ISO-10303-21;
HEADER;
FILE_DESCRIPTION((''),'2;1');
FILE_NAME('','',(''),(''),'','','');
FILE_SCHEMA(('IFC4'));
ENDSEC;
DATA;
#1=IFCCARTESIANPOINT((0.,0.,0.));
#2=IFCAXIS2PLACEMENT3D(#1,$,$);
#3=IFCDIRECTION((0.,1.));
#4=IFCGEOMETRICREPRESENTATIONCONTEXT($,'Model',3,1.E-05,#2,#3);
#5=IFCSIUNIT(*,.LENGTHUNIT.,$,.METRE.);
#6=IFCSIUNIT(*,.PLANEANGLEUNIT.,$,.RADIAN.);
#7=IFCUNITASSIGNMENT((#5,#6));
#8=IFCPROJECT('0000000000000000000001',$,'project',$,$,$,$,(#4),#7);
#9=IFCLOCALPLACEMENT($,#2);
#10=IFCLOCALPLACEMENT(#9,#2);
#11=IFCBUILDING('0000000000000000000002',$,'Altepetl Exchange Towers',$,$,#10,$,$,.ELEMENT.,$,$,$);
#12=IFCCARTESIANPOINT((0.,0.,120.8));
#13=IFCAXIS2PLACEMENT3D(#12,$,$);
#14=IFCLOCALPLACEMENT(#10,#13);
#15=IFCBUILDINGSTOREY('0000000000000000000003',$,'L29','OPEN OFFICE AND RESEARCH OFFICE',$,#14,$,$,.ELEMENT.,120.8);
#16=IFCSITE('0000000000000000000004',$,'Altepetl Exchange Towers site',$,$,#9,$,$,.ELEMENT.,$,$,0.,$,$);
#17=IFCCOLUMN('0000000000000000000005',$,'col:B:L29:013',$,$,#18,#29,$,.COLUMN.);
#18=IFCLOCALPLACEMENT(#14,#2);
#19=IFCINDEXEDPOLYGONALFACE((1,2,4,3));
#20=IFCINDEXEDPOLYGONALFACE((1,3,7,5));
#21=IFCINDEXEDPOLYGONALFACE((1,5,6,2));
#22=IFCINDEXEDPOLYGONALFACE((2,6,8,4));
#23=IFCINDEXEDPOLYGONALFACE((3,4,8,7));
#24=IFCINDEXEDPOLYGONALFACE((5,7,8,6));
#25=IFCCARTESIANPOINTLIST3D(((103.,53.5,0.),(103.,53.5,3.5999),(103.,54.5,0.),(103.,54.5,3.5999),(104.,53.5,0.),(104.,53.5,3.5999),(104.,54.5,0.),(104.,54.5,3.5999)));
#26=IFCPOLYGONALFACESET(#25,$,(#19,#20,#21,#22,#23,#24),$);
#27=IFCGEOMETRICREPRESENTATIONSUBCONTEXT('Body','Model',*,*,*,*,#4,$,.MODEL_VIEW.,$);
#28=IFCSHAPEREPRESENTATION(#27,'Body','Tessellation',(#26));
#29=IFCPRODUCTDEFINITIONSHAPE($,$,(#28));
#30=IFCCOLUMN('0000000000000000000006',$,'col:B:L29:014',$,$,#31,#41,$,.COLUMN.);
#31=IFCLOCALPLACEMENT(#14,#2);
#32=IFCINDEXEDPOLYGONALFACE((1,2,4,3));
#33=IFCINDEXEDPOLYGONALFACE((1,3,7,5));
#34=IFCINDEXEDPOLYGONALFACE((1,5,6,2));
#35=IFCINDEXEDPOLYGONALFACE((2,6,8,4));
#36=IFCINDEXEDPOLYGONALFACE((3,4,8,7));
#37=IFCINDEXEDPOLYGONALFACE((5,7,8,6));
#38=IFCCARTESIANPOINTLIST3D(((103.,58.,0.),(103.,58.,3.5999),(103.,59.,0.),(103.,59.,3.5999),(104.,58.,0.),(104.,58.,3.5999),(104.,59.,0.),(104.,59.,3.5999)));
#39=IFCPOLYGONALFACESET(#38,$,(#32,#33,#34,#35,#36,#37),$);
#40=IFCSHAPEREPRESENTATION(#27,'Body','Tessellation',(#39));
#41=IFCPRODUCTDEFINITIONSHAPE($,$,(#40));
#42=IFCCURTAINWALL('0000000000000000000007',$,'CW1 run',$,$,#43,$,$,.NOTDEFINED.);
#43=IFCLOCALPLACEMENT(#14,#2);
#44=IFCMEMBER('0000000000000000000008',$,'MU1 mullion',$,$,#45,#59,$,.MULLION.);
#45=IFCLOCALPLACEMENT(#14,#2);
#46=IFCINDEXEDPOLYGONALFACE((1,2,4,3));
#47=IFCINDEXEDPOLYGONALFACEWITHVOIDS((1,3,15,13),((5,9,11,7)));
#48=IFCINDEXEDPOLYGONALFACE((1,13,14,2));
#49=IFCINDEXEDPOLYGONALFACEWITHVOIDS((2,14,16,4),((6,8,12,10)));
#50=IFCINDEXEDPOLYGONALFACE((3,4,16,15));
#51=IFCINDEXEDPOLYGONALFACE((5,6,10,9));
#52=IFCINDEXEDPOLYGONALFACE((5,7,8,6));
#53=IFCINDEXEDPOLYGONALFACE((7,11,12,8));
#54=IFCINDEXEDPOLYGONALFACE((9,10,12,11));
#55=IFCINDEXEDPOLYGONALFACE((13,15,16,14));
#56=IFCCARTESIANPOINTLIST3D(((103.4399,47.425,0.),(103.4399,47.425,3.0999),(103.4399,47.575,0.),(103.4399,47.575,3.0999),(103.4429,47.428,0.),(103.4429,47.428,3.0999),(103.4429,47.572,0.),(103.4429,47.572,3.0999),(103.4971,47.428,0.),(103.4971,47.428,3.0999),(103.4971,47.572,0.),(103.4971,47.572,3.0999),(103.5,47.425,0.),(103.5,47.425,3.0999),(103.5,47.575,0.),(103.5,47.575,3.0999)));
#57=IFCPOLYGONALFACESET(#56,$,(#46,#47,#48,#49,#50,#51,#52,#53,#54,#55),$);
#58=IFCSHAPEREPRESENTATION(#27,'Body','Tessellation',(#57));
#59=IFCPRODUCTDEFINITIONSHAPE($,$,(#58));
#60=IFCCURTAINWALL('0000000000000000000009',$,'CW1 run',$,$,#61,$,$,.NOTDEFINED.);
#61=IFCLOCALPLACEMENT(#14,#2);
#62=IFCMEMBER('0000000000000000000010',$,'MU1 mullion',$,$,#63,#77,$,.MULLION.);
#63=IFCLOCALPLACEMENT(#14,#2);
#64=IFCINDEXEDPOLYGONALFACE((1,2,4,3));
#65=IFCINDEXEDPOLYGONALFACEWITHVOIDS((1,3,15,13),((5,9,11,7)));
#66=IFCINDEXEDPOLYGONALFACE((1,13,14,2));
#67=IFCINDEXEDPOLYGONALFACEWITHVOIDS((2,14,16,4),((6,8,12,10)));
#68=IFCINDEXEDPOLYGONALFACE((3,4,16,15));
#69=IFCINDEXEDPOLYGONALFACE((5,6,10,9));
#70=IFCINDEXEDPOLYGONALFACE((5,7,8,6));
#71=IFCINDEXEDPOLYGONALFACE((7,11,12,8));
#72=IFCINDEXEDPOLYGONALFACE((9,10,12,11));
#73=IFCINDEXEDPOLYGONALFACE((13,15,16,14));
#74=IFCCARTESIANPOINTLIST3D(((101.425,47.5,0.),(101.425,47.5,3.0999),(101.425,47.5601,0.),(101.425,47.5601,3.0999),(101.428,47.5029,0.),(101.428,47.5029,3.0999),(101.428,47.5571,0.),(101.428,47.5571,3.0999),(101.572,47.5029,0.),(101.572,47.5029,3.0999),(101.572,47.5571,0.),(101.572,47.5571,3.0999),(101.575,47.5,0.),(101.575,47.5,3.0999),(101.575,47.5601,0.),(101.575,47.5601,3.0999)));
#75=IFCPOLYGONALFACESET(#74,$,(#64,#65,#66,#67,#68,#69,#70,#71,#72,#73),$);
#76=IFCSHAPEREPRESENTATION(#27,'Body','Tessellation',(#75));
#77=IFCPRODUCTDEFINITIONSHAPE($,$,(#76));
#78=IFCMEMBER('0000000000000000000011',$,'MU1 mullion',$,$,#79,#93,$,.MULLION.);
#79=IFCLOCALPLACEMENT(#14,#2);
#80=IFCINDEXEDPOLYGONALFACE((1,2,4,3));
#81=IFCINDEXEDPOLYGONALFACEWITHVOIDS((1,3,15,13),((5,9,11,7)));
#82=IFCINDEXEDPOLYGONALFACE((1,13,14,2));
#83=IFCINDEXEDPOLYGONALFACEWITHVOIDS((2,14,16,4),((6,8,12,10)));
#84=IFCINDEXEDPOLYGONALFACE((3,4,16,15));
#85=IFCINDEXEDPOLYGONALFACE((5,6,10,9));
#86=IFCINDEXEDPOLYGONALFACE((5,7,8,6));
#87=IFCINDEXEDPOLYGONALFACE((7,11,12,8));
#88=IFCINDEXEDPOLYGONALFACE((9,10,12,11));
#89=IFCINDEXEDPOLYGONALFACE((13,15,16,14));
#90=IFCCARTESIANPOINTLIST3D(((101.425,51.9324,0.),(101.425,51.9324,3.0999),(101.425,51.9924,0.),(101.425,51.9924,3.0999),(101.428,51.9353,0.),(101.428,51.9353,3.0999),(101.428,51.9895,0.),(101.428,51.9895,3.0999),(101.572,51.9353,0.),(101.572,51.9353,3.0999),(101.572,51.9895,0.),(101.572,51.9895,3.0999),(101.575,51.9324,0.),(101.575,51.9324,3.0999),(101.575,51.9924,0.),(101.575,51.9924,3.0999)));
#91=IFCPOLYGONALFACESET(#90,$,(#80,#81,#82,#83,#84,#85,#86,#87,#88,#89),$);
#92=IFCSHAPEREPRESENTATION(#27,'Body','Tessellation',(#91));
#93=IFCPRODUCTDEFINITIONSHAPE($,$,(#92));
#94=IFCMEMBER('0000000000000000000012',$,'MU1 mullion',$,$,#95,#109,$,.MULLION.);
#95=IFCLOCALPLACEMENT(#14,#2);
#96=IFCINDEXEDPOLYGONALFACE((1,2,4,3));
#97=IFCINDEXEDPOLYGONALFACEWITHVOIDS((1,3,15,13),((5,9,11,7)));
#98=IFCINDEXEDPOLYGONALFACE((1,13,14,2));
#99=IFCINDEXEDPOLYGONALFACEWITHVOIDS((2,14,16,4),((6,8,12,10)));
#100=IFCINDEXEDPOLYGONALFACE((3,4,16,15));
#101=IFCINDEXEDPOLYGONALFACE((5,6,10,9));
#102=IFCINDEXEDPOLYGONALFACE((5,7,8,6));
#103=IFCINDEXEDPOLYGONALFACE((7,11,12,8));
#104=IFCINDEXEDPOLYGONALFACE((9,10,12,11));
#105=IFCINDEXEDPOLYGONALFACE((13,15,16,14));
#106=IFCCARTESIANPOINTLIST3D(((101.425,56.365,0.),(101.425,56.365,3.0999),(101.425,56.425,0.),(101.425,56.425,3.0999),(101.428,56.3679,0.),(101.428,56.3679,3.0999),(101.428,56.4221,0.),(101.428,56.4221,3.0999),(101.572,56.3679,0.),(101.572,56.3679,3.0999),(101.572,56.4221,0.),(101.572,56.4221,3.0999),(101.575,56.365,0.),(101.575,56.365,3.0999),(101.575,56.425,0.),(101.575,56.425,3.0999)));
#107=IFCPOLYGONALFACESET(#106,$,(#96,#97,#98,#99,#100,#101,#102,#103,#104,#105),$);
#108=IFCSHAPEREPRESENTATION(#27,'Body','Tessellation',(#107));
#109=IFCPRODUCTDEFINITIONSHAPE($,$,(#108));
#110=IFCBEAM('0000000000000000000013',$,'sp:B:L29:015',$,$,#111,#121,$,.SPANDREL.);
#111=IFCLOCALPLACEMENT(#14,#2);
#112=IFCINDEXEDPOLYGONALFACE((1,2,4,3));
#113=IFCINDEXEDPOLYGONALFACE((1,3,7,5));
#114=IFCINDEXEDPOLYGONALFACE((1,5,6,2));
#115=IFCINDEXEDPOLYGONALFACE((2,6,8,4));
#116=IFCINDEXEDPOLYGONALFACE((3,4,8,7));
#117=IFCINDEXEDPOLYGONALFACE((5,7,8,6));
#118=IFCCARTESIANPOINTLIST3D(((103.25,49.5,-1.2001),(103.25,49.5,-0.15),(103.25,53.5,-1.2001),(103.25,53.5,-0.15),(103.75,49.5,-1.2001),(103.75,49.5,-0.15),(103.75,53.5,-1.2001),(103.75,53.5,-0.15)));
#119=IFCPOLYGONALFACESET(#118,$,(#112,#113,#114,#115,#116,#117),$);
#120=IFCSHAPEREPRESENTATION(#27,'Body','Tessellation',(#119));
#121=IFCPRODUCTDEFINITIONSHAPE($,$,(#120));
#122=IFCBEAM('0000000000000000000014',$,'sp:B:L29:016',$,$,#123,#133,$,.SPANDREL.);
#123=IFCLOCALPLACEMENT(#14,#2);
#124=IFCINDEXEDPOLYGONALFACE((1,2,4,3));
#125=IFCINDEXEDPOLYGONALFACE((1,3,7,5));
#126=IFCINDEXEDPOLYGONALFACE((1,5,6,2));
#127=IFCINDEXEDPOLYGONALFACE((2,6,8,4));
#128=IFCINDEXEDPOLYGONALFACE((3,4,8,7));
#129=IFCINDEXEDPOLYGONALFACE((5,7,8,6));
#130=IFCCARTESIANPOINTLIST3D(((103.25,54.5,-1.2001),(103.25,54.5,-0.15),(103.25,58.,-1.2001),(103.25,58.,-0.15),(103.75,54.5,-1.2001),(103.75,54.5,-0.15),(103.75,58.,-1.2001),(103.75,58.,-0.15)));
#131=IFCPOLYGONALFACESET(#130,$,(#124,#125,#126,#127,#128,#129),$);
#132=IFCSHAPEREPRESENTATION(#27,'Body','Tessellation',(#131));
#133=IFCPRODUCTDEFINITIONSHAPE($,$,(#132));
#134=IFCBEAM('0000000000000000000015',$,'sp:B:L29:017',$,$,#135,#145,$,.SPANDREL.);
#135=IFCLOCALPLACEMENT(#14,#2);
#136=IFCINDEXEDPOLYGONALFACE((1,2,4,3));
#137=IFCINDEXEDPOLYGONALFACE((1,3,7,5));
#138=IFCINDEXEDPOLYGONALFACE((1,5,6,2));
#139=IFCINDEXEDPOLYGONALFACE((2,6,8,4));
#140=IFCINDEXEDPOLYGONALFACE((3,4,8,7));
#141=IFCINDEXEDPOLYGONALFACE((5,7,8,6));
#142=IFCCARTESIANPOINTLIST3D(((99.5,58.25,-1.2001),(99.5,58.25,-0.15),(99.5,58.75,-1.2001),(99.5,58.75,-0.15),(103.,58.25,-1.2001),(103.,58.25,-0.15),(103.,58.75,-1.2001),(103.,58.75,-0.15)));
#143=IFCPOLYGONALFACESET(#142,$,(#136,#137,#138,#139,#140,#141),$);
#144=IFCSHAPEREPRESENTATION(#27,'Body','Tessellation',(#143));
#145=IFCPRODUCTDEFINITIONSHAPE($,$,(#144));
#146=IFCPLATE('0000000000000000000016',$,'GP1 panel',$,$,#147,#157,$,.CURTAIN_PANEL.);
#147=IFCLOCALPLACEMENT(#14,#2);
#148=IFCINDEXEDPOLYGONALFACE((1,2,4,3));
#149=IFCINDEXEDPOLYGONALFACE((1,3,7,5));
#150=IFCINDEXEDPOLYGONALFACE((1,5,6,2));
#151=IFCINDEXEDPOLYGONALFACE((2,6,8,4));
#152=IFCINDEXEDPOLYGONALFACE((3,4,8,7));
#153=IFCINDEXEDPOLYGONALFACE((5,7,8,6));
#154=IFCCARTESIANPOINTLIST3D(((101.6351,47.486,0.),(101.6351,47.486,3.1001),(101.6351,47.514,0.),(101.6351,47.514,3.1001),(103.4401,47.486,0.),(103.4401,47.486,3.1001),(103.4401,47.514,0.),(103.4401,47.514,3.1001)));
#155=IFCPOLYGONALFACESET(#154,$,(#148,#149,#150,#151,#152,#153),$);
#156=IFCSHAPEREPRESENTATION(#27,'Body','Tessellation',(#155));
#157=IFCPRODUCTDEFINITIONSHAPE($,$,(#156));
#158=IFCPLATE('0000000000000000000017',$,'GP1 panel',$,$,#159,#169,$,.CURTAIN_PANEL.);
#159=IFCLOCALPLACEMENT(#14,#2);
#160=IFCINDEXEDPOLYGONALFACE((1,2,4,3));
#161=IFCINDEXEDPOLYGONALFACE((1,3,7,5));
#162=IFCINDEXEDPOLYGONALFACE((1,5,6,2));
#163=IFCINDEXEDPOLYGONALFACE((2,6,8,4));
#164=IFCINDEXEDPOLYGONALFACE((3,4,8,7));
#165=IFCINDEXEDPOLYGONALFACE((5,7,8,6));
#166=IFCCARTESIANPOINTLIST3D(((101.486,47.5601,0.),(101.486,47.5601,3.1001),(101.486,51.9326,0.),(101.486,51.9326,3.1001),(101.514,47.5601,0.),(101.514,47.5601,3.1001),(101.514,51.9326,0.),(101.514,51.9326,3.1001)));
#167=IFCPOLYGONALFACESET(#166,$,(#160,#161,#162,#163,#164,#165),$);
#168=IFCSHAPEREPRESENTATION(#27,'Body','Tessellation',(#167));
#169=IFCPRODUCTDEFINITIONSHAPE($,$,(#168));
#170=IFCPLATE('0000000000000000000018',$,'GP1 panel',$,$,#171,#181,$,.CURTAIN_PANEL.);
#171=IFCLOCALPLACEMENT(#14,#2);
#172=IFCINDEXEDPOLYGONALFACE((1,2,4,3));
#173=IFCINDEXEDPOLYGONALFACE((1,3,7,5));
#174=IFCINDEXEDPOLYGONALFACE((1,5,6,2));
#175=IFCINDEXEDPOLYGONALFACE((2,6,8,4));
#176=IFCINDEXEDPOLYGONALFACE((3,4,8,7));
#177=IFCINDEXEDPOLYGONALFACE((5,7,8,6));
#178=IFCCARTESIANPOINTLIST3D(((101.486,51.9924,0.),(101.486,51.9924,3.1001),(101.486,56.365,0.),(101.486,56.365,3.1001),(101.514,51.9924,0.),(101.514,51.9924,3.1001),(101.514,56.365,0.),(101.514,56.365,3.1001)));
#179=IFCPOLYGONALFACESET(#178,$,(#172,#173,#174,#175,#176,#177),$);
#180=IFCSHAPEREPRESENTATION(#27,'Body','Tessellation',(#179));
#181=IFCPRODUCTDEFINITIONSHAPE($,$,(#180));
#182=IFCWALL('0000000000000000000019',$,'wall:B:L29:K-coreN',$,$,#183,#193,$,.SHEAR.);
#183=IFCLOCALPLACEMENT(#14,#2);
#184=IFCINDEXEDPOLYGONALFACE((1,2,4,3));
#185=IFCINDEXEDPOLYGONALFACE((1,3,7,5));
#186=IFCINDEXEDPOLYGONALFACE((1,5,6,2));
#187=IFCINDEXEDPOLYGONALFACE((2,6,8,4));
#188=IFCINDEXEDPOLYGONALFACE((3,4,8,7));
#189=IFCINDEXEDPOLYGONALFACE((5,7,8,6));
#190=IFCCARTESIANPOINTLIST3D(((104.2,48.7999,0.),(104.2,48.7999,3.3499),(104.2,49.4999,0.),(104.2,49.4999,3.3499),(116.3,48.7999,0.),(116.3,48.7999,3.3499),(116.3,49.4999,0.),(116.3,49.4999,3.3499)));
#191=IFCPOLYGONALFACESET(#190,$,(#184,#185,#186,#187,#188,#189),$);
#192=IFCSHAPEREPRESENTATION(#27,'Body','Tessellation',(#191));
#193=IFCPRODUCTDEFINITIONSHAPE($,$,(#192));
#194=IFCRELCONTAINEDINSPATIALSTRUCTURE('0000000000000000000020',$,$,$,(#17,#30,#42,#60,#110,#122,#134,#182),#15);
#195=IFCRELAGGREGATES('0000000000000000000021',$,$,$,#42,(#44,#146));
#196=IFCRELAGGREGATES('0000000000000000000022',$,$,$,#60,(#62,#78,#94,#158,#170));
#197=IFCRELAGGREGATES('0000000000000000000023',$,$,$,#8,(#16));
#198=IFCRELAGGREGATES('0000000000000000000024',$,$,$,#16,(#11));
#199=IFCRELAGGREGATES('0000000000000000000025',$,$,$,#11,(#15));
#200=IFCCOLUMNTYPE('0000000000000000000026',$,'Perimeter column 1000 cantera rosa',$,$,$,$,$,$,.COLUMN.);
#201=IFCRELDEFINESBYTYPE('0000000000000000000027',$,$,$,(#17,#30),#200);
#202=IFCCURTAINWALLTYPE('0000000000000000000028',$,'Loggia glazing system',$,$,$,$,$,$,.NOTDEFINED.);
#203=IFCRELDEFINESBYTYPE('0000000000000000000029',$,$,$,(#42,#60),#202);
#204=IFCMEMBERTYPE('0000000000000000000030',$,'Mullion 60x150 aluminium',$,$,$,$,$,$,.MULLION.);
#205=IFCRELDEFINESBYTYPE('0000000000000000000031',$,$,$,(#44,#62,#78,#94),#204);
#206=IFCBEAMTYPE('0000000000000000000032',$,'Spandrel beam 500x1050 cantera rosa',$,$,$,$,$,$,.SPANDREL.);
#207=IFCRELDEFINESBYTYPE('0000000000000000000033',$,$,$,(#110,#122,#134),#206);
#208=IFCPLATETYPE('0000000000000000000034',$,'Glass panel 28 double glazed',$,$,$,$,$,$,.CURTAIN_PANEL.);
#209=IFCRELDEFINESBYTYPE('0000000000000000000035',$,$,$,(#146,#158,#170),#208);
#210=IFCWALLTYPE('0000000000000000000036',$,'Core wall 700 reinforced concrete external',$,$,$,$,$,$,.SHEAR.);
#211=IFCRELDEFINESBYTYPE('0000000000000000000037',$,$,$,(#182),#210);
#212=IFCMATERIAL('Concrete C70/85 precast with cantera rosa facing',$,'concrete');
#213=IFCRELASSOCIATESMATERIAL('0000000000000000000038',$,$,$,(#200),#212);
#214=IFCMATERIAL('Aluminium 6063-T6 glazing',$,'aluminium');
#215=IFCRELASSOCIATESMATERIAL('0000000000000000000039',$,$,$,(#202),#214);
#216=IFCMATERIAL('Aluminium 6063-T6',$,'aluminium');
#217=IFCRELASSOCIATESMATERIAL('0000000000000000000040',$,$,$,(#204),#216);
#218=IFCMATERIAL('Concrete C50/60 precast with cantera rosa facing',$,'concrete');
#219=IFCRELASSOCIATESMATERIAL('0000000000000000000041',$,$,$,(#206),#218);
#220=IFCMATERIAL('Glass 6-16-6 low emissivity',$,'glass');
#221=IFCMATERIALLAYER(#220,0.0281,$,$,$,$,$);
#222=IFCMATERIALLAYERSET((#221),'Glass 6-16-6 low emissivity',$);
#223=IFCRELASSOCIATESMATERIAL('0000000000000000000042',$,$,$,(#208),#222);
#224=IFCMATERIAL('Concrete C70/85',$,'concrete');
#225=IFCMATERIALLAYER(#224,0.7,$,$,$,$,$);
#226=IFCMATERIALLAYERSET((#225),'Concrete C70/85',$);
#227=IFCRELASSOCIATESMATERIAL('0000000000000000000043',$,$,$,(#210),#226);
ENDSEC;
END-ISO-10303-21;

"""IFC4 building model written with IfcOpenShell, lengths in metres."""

from ifc_helpers import new_model, si_unit, direction, frame, frame_2d, origin, origin_2d, place, context, subcontext, project, spatial, rectangle, hollow_rectangle, extrude, material, layer, layer_set, material_profile, profile_set, type_object, element, aggregate, save


model = new_model("IFC4")

# Units and contexts
model_context = context("Model", 3, precision=1e-05, world=origin(), true_north=direction((0.0, 1.0)))
body_context = subcontext(model_context, "Body", "Model", "MODEL_VIEW")
ifc_project = project(units=[si_unit("LENGTHUNIT", "METRE"), si_unit("PLANEANGLEUNIT", "RADIAN")], contexts=[model_context])

# Site, building, storey
site_placement = place(None, origin())
site = spatial("IfcSite", under=ifc_project, at=site_placement, Name="Altepetl Exchange Towers site", CompositionType="ELEMENT", RefElevation=0.0)
building_placement = place(site_placement, origin())
building = spatial("IfcBuilding", under=site, at=building_placement, Name="Altepetl Exchange Towers", CompositionType="ELEMENT")
storey_placement = place(building_placement, frame((0.0, 0.0, 120.8)))
storey = spatial("IfcBuildingStorey", under=building, at=storey_placement, Name="L29", Description="OPEN OFFICE AND RESEARCH OFFICE", CompositionType="ELEMENT", Elevation=120.8)

# Columns
ifc_material_1 = material(Name="Concrete C70/85 precast with cantera rosa facing", Category="concrete")
ifc_material_profile_1 = material_profile(ifc_material_1, rectangle(XDim=1.0, YDim=1.0, at=origin_2d()), Name="1000 x 1000")
ifc_profile_set_1 = profile_set([ifc_material_profile_1], Name="Concrete C70/85 precast with cantera rosa facing")
column_type = type_object("IfcColumnType", Name="Perimeter column 1000 cantera rosa", PredefinedType="COLUMN", material=ifc_profile_set_1)
for number, where, name in (
    (1, (103.5, 54.0, 0.0), "col:B:L29:013"),
    (2, (103.5, 58.5, 0.0), "col:B:L29:014"),
):
    element("IfcColumn", number, at=place(storey_placement, frame(where)), inside=storey, type_object=column_type, Name=name, PredefinedType="COLUMN", context=body_context, shape_type="SweptSolid", body=[
        extrude(rectangle(XDim=1.0, YDim=1.0, at=origin_2d()), origin(), (0.0, 0.0, 1.0), 3.5999),
    ])

# Curtain wall, member
ifc_material_2 = material(Name="Aluminium 6063-T6 glazing", Category="aluminium")
curtain_wall_type = type_object("IfcCurtainWallType", Name="Loggia glazing system", PredefinedType="NOTDEFINED", material=ifc_material_2)
curtain_wall_1_placement = place(storey_placement, origin())
curtain_wall_1 = element("IfcCurtainWall", 3, at=curtain_wall_1_placement, inside=storey, type_object=curtain_wall_type, Name="CW1 run", PredefinedType="NOTDEFINED")
ifc_material_3 = material(Name="Aluminium 6063-T6", Category="aluminium")
ifc_material_profile_2 = material_profile(ifc_material_3, hollow_rectangle(XDim=0.0601, YDim=0.1499, WallThickness=0.0029, at=origin_2d()), Name="Mullion 60x150 aluminium")
ifc_profile_set_2 = profile_set([ifc_material_profile_2], Name="Aluminium 6063-T6")
member_type = type_object("IfcMemberType", Name="Mullion 60x150 aluminium", PredefinedType="MULLION", material=ifc_profile_set_2)
member_1_placement = place(storey_placement, frame((103.47, 47.5, 0.0), z_axis=(0.0, 0.0, 1.0), x_axis=(-1.0, 0.0, 0.0)))
member_1 = element("IfcMember", 4, at=member_1_placement, type_object=member_type, Name="MU1 mullion", PredefinedType="MULLION", context=body_context, shape_type="SweptSolid", body=[
    extrude(hollow_rectangle(XDim=0.0601, YDim=0.1499, WallThickness=0.0029, at=origin_2d()), origin(), (0.0, 0.0, 1.0), 3.0999),
])

# Curtain wall, members
curtain_wall_2_placement = place(storey_placement, origin())
curtain_wall_2 = element("IfcCurtainWall", 5, at=curtain_wall_2_placement, inside=storey, type_object=curtain_wall_type, Name="CW1 run", PredefinedType="NOTDEFINED")
member_2_placement = place(storey_placement, frame((101.5, 47.53, 0.0), z_axis=(0.0, 0.0, 1.0), x_axis=(0.0, 1.0, 0.0)))
member_2 = element("IfcMember", 6, at=member_2_placement, type_object=member_type, Name="MU1 mullion", PredefinedType="MULLION", context=body_context, shape_type="SweptSolid", body=[
    extrude(hollow_rectangle(XDim=0.0601, YDim=0.1499, WallThickness=0.0029, at=origin_2d()), origin(), (0.0, 0.0, 1.0), 3.0999),
])
member_3_placement = place(storey_placement, frame((101.5, 51.9624, 0.0), z_axis=(0.0, 0.0, 1.0), x_axis=(0.0, 1.0, 0.0)))
member_3 = element("IfcMember", 7, at=member_3_placement, type_object=member_type, Name="MU1 mullion", PredefinedType="MULLION", context=body_context, shape_type="SweptSolid", body=[
    extrude(hollow_rectangle(XDim=0.0601, YDim=0.1499, WallThickness=0.0029, at=origin_2d()), origin(), (0.0, 0.0, 1.0), 3.0999),
])
member_4_placement = place(storey_placement, frame((101.5, 56.395, 0.0), z_axis=(0.0, 0.0, 1.0), x_axis=(0.0, 1.0, 0.0)))
member_4 = element("IfcMember", 8, at=member_4_placement, type_object=member_type, Name="MU1 mullion", PredefinedType="MULLION", context=body_context, shape_type="SweptSolid", body=[
    extrude(hollow_rectangle(XDim=0.0601, YDim=0.1499, WallThickness=0.0029, at=origin_2d()), origin(), (0.0, 0.0, 1.0), 3.0999),
])

# Beams
ifc_material_4 = material(Name="Concrete C50/60 precast with cantera rosa facing", Category="concrete")
ifc_material_profile_3 = material_profile(ifc_material_4, rectangle(XDim=0.5, YDim=1.05, at=origin_2d()), Name="500 x 1050")
ifc_profile_set_3 = profile_set([ifc_material_profile_3], Name="Concrete C50/60 precast with cantera rosa facing")
beam_type = type_object("IfcBeamType", Name="Spandrel beam 500x1050 cantera rosa", PredefinedType="SPANDREL", material=ifc_profile_set_3)
beam_placement = place(storey_placement, frame((103.5, 49.5, -0.675), z_axis=(0.0, 1.0, 0.0), x_axis=(-1.0, 0.0, 0.0)))
element("IfcBeam", 9, at=beam_placement, inside=storey, type_object=beam_type, Name="sp:B:L29:015", PredefinedType="SPANDREL", context=body_context, shape_type="SweptSolid", body=[
    extrude(rectangle(XDim=0.5, YDim=1.05, at=origin_2d()), origin(), (0.0, 0.0, 1.0), 4.0),
])
for number, where, z_axis, x_axis, name in (
    (10, (103.5, 54.5, -0.675), (0.0, 1.0, 0.0), (-1.0, 0.0, 0.0), "sp:B:L29:016"),
    (11, (103.0, 58.5, -0.675), (-1.0, 0.0, 0.0), (0.0, -1.0, 0.0), "sp:B:L29:017"),
):
    element("IfcBeam", number, at=place(storey_placement, frame(where, z_axis=z_axis, x_axis=x_axis)), inside=storey, type_object=beam_type, Name=name, PredefinedType="SPANDREL", context=body_context, shape_type="SweptSolid", body=[
        extrude(rectangle(XDim=0.5, YDim=1.05, at=origin_2d()), origin(), (0.0, 0.0, 1.0), 3.5),
    ])

# Plates
ifc_material_5 = material(Name="Glass 6-16-6 low emissivity", Category="glass")
ifc_layer_1 = layer(ifc_material_5, 0.0281)
ifc_layer_set_1 = layer_set([ifc_layer_1], Name="Glass 6-16-6 low emissivity")
plate_type = type_object("IfcPlateType", Name="Glass panel 28 double glazed", PredefinedType="CURTAIN_PANEL", material=ifc_layer_set_1)
plate_1_placement = place(storey_placement, frame((102.5376, 47.5, 0.0), z_axis=(0.0, 0.0, 1.0), x_axis=(-1.0, 0.0, 0.0)))
plate_1 = element("IfcPlate", 12, at=plate_1_placement, type_object=plate_type, Name="GP1 panel", PredefinedType="CURTAIN_PANEL", context=body_context, shape_type="SweptSolid", body=[
    extrude(rectangle(XDim=1.8049, YDim=0.0281, at=origin_2d()), origin(), (0.0, 0.0, 1.0), 3.1001),
])
aggregate(curtain_wall_1, [member_1, plate_1])
plate_2_placement = place(storey_placement, frame((101.5, 49.7463, 0.0), z_axis=(0.0, 0.0, 1.0), x_axis=(0.0, 1.0, 0.0)))
plate_2 = element("IfcPlate", 13, at=plate_2_placement, type_object=plate_type, Name="GP1 panel", PredefinedType="CURTAIN_PANEL", context=body_context, shape_type="SweptSolid", body=[
    extrude(rectangle(XDim=4.3726, YDim=0.0281, at=origin_2d()), origin(), (0.0, 0.0, 1.0), 3.1001),
])
plate_3_placement = place(storey_placement, frame((101.5, 54.1787, 0.0), z_axis=(0.0, 0.0, 1.0), x_axis=(0.0, 1.0, 0.0)))
plate_3 = element("IfcPlate", 14, at=plate_3_placement, type_object=plate_type, Name="GP1 panel", PredefinedType="CURTAIN_PANEL", context=body_context, shape_type="SweptSolid", body=[
    extrude(rectangle(XDim=4.3726, YDim=0.0281, at=origin_2d()), origin(), (0.0, 0.0, 1.0), 3.1001),
])
aggregate(curtain_wall_2, [member_2, member_3, member_4, plate_2, plate_3])

# Wall
ifc_material_6 = material(Name="Concrete C70/85", Category="concrete")
ifc_layer_2 = layer(ifc_material_6, 0.7)
ifc_layer_set_2 = layer_set([ifc_layer_2], Name="Concrete C70/85")
wall_type_1 = type_object("IfcWallType", Name="Core wall 700 reinforced concrete external", PredefinedType="SHEAR", material=ifc_layer_set_2)
wall_1_placement = place(storey_placement, frame((104.2, 49.1499, 0.0)))
element("IfcWall", 15, at=wall_1_placement, inside=storey, type_object=wall_type_1, Name="wall:B:L29:K-coreN", PredefinedType="SHEAR", context=body_context, shape_type="SweptSolid", body=[
    extrude(rectangle(XDim=12.1001, YDim=0.7, at=frame_2d((6.05, 0.0))), origin(), (0.0, 0.0, 1.0), 3.3499),
])

save(model, "model.ifc")
